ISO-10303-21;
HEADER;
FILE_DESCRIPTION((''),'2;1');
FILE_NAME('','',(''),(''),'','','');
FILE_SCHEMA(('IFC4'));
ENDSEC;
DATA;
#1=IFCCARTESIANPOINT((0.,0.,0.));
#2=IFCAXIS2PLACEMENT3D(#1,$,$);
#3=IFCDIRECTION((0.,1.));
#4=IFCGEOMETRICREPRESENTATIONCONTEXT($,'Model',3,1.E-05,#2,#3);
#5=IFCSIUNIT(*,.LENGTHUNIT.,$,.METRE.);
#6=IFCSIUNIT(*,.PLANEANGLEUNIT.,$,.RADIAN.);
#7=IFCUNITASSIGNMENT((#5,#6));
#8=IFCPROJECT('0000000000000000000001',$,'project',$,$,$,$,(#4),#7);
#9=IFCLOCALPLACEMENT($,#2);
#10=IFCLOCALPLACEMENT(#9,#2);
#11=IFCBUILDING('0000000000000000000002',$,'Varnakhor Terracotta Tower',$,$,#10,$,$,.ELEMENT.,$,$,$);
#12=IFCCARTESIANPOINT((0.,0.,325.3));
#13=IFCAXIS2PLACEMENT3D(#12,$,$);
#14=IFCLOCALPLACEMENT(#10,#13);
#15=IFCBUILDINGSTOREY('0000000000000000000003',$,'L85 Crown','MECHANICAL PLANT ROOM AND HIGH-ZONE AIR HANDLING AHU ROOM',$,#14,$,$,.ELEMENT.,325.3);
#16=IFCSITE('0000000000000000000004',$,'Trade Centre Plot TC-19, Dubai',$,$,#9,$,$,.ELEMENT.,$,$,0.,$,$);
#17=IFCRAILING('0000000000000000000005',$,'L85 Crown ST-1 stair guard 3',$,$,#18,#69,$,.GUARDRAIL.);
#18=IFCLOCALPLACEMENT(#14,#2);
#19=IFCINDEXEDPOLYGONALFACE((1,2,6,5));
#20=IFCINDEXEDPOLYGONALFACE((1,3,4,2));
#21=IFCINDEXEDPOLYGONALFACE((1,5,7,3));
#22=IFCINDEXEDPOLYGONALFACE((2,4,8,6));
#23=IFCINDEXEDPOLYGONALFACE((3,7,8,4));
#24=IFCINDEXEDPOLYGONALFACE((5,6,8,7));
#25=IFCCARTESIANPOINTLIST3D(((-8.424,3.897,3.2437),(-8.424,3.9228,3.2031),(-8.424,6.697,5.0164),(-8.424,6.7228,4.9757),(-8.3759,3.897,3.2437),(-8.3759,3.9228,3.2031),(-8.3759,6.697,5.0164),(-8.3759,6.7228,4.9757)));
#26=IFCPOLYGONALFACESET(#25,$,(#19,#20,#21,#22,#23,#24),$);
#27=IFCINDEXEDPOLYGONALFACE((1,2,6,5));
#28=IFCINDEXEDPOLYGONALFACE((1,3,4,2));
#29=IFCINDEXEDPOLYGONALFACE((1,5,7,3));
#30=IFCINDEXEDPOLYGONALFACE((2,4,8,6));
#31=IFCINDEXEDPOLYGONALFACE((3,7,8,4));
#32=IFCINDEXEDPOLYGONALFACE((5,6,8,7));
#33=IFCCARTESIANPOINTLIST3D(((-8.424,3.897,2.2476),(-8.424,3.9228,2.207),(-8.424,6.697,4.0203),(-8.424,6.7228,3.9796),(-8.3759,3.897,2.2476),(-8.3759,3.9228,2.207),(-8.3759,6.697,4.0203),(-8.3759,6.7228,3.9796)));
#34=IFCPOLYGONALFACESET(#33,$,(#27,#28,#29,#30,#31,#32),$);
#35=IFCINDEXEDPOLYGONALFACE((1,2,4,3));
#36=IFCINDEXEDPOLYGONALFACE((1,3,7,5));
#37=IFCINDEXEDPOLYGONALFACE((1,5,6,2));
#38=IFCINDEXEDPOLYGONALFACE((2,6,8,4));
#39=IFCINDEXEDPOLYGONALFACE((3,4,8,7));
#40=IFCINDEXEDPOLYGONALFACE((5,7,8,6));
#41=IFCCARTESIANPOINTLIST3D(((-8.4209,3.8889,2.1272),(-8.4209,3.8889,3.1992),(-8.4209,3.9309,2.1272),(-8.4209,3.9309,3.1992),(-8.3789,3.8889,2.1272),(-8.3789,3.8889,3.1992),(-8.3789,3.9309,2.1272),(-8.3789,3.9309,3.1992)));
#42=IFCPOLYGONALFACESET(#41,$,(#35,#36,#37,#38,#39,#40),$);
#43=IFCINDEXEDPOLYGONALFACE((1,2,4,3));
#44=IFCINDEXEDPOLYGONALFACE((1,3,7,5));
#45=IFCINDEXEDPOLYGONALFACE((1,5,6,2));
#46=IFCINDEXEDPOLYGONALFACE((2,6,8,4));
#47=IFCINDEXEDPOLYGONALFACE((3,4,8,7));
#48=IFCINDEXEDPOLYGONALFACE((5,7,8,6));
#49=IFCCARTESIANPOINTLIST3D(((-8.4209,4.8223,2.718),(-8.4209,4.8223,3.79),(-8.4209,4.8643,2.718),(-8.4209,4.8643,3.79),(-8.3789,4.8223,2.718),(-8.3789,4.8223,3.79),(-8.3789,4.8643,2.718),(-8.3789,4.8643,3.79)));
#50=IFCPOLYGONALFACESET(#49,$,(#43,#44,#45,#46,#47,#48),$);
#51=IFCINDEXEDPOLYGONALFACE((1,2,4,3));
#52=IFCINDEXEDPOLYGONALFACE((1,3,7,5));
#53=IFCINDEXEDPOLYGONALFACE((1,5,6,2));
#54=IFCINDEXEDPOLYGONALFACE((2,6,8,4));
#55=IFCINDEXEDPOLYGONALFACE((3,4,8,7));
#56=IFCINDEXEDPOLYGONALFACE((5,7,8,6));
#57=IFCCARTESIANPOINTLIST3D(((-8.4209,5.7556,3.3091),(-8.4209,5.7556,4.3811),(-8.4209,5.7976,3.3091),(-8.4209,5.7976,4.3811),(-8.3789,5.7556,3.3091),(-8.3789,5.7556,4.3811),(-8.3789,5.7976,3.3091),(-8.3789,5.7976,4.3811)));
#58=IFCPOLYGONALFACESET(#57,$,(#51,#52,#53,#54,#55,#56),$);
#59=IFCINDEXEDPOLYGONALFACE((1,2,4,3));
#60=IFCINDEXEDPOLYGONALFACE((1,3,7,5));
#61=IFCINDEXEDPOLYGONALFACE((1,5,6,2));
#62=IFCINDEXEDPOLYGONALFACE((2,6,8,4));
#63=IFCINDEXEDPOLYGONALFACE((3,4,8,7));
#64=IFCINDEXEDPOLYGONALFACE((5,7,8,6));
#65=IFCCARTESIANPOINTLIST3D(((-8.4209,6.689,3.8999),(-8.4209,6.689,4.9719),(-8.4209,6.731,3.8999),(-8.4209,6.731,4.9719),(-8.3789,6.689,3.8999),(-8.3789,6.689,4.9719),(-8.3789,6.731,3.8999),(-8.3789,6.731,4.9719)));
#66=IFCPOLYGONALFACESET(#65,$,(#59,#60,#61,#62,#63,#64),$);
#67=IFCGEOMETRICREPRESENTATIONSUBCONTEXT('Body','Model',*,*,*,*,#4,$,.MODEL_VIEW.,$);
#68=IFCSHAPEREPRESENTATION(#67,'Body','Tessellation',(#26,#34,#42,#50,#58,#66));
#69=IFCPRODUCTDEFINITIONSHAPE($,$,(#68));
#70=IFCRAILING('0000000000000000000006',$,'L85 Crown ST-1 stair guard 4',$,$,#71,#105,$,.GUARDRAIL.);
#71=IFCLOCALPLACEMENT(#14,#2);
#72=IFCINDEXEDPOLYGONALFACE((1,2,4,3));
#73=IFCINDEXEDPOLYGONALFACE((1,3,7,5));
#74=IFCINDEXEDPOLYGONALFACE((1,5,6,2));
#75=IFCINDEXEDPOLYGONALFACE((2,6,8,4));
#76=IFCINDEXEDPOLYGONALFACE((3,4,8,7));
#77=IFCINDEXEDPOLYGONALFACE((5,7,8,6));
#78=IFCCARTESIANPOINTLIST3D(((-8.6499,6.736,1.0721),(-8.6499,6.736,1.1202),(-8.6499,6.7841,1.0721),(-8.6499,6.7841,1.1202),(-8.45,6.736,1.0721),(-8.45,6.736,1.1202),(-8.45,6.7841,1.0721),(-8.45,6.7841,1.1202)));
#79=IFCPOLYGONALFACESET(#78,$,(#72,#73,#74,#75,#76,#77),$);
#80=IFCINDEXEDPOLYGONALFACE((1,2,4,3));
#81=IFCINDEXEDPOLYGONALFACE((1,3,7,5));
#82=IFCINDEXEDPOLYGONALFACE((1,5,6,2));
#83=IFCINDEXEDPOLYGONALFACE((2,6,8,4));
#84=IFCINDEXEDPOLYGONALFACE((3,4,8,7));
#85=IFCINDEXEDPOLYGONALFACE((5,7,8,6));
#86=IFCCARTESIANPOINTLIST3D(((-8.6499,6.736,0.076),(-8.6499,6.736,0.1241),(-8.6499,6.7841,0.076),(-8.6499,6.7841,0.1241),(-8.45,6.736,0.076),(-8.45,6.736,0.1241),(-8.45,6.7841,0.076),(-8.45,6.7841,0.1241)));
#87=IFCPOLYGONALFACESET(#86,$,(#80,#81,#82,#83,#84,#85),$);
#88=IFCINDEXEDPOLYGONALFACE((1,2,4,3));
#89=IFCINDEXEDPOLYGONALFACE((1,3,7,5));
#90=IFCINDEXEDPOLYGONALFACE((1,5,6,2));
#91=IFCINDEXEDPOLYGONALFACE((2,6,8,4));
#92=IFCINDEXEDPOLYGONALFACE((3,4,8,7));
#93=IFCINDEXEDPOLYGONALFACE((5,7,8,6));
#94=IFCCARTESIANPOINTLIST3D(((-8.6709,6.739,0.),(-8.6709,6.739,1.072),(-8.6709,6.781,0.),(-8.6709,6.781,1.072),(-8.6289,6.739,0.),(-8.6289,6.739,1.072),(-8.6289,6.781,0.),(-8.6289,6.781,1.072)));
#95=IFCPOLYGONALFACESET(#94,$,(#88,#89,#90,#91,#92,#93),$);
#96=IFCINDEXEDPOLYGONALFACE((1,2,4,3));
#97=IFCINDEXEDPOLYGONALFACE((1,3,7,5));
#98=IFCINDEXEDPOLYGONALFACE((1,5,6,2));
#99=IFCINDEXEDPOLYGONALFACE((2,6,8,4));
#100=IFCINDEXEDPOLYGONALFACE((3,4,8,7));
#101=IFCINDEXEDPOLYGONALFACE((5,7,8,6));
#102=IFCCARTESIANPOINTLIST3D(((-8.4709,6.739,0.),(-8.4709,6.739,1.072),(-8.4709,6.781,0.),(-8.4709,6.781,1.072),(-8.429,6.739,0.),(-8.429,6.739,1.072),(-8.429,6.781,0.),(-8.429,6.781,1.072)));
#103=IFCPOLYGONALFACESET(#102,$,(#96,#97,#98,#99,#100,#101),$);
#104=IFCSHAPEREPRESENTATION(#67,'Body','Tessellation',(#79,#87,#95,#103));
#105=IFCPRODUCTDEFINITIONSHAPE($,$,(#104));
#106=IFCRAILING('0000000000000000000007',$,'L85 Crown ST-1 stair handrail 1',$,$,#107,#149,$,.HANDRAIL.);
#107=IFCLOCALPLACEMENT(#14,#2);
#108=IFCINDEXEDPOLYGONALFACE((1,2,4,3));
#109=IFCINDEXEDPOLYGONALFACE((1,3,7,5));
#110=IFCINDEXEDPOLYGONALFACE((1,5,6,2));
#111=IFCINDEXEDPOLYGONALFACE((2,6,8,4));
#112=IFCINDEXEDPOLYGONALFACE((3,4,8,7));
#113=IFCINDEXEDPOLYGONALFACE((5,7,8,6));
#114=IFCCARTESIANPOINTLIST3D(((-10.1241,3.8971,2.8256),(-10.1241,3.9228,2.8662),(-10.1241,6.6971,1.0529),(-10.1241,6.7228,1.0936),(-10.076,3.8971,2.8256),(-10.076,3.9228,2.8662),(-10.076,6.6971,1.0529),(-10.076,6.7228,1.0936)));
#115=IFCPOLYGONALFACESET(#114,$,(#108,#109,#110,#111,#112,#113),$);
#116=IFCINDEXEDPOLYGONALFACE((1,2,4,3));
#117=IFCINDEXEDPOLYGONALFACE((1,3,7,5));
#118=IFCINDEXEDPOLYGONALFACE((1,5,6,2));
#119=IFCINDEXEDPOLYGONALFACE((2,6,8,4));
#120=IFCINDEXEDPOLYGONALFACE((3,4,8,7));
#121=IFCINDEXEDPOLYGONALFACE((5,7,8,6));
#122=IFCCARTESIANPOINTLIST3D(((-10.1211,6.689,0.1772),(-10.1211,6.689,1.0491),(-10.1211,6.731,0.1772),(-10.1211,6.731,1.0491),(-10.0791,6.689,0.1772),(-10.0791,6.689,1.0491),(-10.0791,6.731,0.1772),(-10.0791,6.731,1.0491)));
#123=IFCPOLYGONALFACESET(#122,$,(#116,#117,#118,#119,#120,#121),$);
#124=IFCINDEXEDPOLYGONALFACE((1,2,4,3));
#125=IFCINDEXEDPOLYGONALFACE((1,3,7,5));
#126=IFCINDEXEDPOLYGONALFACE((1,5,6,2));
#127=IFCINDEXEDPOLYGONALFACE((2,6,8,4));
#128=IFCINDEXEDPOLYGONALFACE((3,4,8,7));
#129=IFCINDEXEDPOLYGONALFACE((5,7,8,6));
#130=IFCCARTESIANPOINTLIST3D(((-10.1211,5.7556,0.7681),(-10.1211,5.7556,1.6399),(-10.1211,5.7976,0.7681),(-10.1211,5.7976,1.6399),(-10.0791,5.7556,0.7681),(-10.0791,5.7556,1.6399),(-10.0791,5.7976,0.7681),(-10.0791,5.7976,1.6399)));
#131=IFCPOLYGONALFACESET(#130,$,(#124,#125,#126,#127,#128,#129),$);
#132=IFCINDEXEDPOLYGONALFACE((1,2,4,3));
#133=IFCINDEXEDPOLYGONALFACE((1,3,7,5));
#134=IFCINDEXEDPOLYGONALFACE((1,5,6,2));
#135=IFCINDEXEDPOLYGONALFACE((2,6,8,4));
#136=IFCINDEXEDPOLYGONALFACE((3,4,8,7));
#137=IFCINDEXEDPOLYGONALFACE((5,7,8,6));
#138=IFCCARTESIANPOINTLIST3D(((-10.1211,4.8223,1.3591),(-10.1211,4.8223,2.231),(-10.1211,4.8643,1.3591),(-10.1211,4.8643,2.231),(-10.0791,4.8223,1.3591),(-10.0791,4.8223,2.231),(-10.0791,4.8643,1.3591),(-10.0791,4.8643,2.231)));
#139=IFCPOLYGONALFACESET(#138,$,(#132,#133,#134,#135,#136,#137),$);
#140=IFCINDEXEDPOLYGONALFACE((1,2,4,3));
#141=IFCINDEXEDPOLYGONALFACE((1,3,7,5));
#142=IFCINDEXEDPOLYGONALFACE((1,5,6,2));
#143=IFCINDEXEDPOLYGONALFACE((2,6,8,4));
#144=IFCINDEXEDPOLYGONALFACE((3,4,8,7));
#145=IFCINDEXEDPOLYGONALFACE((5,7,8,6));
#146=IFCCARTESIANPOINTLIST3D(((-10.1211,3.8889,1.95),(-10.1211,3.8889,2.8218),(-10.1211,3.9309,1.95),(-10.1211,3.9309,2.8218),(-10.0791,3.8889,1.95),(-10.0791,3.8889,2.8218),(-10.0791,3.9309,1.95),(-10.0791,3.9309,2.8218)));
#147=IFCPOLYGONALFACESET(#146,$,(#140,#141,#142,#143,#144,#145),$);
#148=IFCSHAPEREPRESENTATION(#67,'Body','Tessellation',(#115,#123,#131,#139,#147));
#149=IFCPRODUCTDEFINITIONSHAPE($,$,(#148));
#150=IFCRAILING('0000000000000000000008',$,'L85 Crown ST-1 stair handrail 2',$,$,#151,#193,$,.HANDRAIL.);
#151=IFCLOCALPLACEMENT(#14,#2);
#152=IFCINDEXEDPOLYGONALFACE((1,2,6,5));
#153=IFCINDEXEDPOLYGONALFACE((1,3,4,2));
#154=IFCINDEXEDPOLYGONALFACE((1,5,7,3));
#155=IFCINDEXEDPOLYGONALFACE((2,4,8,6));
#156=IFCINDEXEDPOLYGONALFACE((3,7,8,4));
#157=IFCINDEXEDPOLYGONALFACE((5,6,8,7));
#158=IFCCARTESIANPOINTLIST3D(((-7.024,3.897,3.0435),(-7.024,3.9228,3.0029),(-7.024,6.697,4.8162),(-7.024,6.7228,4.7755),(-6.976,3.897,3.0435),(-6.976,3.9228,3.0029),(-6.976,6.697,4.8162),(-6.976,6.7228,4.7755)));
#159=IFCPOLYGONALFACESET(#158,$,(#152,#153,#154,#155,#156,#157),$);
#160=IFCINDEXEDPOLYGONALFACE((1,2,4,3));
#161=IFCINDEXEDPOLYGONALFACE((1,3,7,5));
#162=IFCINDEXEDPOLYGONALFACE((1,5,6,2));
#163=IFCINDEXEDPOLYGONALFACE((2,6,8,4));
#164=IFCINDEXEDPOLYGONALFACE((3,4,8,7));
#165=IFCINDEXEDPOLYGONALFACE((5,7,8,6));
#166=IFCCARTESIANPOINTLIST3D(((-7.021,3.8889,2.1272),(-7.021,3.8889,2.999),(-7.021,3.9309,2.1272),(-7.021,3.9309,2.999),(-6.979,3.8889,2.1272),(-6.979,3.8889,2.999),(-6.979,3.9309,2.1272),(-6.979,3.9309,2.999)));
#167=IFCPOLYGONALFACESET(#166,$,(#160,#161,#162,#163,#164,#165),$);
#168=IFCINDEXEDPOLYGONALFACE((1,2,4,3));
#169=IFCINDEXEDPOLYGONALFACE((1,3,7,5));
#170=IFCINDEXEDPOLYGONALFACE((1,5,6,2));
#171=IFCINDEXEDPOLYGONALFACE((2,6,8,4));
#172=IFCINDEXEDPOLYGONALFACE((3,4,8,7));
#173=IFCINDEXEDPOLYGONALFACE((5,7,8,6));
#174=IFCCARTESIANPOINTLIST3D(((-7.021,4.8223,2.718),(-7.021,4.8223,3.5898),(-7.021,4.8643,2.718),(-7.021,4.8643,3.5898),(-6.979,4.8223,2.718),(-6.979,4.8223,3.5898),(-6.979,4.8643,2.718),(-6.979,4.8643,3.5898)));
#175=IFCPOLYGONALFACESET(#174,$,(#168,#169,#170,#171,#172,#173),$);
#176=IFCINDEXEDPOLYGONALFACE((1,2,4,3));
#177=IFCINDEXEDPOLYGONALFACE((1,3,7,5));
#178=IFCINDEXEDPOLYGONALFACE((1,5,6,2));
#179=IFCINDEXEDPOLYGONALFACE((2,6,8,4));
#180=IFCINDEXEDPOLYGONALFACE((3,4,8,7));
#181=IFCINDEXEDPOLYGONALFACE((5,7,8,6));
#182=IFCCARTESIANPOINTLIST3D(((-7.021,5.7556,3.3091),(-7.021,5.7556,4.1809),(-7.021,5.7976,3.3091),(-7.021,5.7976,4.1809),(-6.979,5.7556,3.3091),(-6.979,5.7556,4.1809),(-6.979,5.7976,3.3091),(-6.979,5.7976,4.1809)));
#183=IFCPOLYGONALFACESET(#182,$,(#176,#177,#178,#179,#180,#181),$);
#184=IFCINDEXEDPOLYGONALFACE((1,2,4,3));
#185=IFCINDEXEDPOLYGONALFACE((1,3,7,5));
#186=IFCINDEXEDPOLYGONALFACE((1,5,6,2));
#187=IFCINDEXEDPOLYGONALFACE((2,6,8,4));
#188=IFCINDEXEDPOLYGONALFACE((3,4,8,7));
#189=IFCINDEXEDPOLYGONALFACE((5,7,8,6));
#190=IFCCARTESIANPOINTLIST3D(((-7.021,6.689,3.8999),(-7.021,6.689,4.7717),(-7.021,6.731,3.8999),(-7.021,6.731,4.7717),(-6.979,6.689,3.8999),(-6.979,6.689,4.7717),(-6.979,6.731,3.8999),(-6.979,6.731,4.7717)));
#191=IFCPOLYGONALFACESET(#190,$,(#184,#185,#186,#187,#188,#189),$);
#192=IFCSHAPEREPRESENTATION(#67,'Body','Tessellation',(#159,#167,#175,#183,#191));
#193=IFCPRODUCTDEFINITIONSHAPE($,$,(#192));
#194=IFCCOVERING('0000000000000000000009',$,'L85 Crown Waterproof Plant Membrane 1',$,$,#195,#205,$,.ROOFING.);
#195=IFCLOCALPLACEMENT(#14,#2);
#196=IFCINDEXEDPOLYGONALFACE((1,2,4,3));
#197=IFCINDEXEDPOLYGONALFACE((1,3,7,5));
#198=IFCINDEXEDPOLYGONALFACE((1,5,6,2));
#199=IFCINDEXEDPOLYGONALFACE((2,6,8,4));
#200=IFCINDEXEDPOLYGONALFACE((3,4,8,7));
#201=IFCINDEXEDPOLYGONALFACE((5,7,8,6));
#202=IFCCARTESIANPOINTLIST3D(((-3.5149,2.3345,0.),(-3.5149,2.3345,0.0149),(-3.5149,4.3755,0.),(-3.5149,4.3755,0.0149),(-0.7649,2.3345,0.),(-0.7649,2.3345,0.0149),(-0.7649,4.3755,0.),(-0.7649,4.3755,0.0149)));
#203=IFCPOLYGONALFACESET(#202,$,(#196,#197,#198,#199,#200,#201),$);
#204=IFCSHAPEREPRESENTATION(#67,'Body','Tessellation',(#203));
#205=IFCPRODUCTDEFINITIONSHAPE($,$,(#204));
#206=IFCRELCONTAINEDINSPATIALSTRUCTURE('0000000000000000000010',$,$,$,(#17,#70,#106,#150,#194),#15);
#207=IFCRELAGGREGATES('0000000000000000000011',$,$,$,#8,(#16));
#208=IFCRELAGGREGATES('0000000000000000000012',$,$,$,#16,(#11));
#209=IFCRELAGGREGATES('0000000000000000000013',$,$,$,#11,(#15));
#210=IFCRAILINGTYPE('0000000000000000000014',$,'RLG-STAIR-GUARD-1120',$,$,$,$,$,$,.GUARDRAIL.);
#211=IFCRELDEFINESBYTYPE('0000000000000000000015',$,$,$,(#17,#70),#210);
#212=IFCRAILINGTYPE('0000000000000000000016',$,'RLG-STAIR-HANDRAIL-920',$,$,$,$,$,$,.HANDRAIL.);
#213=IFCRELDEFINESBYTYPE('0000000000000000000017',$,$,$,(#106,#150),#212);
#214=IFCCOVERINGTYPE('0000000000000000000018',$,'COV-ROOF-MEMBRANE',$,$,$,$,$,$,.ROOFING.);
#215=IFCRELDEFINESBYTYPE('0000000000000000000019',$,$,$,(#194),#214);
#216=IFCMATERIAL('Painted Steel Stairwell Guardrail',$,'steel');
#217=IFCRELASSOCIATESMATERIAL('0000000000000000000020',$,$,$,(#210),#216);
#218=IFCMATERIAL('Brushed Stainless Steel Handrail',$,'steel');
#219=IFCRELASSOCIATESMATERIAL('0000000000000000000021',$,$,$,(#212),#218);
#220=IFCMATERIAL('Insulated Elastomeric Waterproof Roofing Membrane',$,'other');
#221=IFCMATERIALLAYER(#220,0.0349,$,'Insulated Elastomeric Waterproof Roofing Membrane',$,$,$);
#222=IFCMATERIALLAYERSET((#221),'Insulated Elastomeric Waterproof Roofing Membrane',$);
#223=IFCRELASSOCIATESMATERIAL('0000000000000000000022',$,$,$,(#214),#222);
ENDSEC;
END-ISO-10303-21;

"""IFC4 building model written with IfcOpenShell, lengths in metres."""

from ifc_helpers import new_model, si_unit, direction, frame, origin, origin_2d, place, context, subcontext, project, spatial, rectangle, extrude, source, transform, mapped, material, layer, layer_set, type_object, element, save


model = new_model("IFC4")

# Units and contexts
model_context = context("Model", 3, precision=1e-05, world=origin(), true_north=direction((0.0, 1.0)))
body_context = subcontext(model_context, "Body", "Model", "MODEL_VIEW")
ifc_project = project(units=[si_unit("LENGTHUNIT", "METRE"), si_unit("PLANEANGLEUNIT", "RADIAN")], contexts=[model_context])

# Site, building, storey
site_placement = place(None, origin())
site = spatial("IfcSite", under=ifc_project, at=site_placement, Name="Trade Centre Plot TC-19, Dubai", CompositionType="ELEMENT", RefElevation=0.0)
building_placement = place(site_placement, origin())
building = spatial("IfcBuilding", under=site, at=building_placement, Name="Varnakhor Terracotta Tower", CompositionType="ELEMENT")
storey_placement = place(building_placement, frame((0.0, 0.0, 325.3)))
storey = spatial("IfcBuildingStorey", under=building, at=storey_placement, Name="L85 Crown", Description="MECHANICAL PLANT ROOM AND HIGH-ZONE AIR HANDLING AHU ROOM", CompositionType="ELEMENT", Elevation=325.3)

# Railings
ifc_material_1 = material(Name="Painted Steel Stairwell Guardrail", Category="steel")
railing_type_1 = type_object("IfcRailingType", Name="RLG-STAIR-GUARD-1120", PredefinedType="GUARDRAIL", material=ifc_material_1)
railing_1_placement = place(storey_placement, frame((-8.3999, 3.9099, 2.1272)))
element("IfcRailing", 1, at=railing_1_placement, inside=storey, type_object=railing_type_1, Name="L85 Crown ST-1 stair guard 3", PredefinedType="GUARDRAIL", context=body_context, shape_type="SweptSolid", body=[
    extrude(rectangle(XDim=0.0481, YDim=0.0481, at=origin_2d()), frame((0.0, 0.0, 1.0962), z_axis=(0.0, 0.844909, 0.53491), x_axis=(-1.0, 0.0, 0.0)), (0.0, 0.0, 1.0), 3.314),
    extrude(rectangle(XDim=0.0481, YDim=0.0481, at=origin_2d()), frame((0.0, 0.0, 0.1001), z_axis=(0.0, 0.844909, 0.53491), x_axis=(-1.0, 0.0, 0.0)), (0.0, 0.0, 1.0), 3.314),
    extrude(rectangle(XDim=0.042, YDim=0.042, at=origin_2d()), origin(), (0.0, 0.0, 1.0), 1.072),
    extrude(rectangle(XDim=0.042, YDim=0.042, at=origin_2d()), frame((0.0, 0.9333, 0.5908)), (0.0, 0.0, 1.0), 1.072),
    extrude(rectangle(XDim=0.042, YDim=0.042, at=origin_2d()), frame((0.0, 1.8667, 1.1819)), (0.0, 0.0, 1.0), 1.072),
    extrude(rectangle(XDim=0.042, YDim=0.042, at=origin_2d()), frame((0.0, 2.8, 1.7727)), (0.0, 0.0, 1.0), 1.072),
])
railing_2_placement = place(storey_placement, frame((-8.6499, 6.76, 0.0)))
element("IfcRailing", 2, at=railing_2_placement, inside=storey, type_object=railing_type_1, Name="L85 Crown ST-1 stair guard 4", PredefinedType="GUARDRAIL", context=body_context, shape_type="SweptSolid", body=[
    extrude(rectangle(XDim=0.0481, YDim=0.0481, at=origin_2d()), frame((0.0, 0.0, 1.0962), z_axis=(1.0, 0.0, 0.0), x_axis=(0.0, 1.0, 0.0)), (0.0, 0.0, 1.0), 0.2),
    extrude(rectangle(XDim=0.0481, YDim=0.0481, at=origin_2d()), frame((0.0, 0.0, 0.1001), z_axis=(1.0, 0.0, 0.0), x_axis=(0.0, 1.0, 0.0)), (0.0, 0.0, 1.0), 0.2),
    extrude(rectangle(XDim=0.042, YDim=0.042, at=origin_2d()), origin(), (0.0, 0.0, 1.0), 1.072),
    extrude(rectangle(XDim=0.042, YDim=0.042, at=origin_2d()), frame((0.2, 0.0, 0.0)), (0.0, 0.0, 1.0), 1.072),
])
ifc_material_2 = material(Name="Brushed Stainless Steel Handrail", Category="steel")
railing_type_2 = type_object("IfcRailingType", Name="RLG-STAIR-HANDRAIL-920", PredefinedType="HANDRAIL", material=ifc_material_2)
railing_3_placement = place(storey_placement, frame((-10.1001, 6.71, 0.1772)))
element("IfcRailing", 3, at=railing_3_placement, inside=storey, type_object=railing_type_2, Name="L85 Crown ST-1 stair handrail 1", PredefinedType="HANDRAIL", context=body_context, shape_type="SweptSolid", body=[
    extrude(rectangle(XDim=0.0481, YDim=0.0481, at=origin_2d()), frame((0.0, 0.0, 0.896), z_axis=(0.0, -0.844909, 0.53491), x_axis=(1.0, 0.0, 0.0)), (0.0, 0.0, 1.0), 3.314),
    extrude(rectangle(XDim=0.042, YDim=0.042, at=origin_2d()), origin(), (0.0, 0.0, 1.0), 0.8718),
    extrude(rectangle(XDim=0.042, YDim=0.042, at=origin_2d()), frame((0.0, -0.9333, 0.5908)), (0.0, 0.0, 1.0), 0.8718),
    extrude(rectangle(XDim=0.042, YDim=0.042, at=origin_2d()), frame((0.0, -1.8667, 1.1819)), (0.0, 0.0, 1.0), 0.8718),
    extrude(rectangle(XDim=0.042, YDim=0.042, at=origin_2d()), frame((0.0, -2.8, 1.7727)), (0.0, 0.0, 1.0), 0.8718),
])
railing_4_placement = place(storey_placement, frame((-7.0, 3.9099, 2.1272)))
element("IfcRailing", 4, at=railing_4_placement, inside=storey, type_object=railing_type_2, Name="L85 Crown ST-1 stair handrail 2", PredefinedType="HANDRAIL", context=body_context, shape_type="SweptSolid", body=[
    extrude(rectangle(XDim=0.0481, YDim=0.0481, at=origin_2d()), frame((0.0, 0.0, 0.896), z_axis=(0.0, 0.844909, 0.53491), x_axis=(-1.0, 0.0, 0.0)), (0.0, 0.0, 1.0), 3.314),
    extrude(rectangle(XDim=0.042, YDim=0.042, at=origin_2d()), origin(), (0.0, 0.0, 1.0), 0.8718),
    extrude(rectangle(XDim=0.042, YDim=0.042, at=origin_2d()), frame((0.0, 0.9333, 0.5908)), (0.0, 0.0, 1.0), 0.8718),
    extrude(rectangle(XDim=0.042, YDim=0.042, at=origin_2d()), frame((0.0, 1.8667, 1.1819)), (0.0, 0.0, 1.0), 0.8718),
    extrude(rectangle(XDim=0.042, YDim=0.042, at=origin_2d()), frame((0.0, 2.8, 1.7727)), (0.0, 0.0, 1.0), 0.8718),
])

# Covering
ifc_material_3 = material(Name="Insulated Elastomeric Waterproof Roofing Membrane", Category="other")
ifc_layer_1 = layer(ifc_material_3, 0.0349, Name="Insulated Elastomeric Waterproof Roofing Membrane")
ifc_layer_set_1 = layer_set([ifc_layer_1], Name="Insulated Elastomeric Waterproof Roofing Membrane")
covering_type = type_object("IfcCoveringType", Name="COV-ROOF-MEMBRANE", PredefinedType="ROOFING", material=ifc_layer_set_1)
shared_shape_1 = source(origin(), body_context, "Body", "SweptSolid", [
    extrude(rectangle(XDim=2.75, YDim=2.041, at=origin_2d()), origin(), (0.0, 0.0, 1.0), 0.0149),
])
covering_placement = place(storey_placement, frame((-2.1399, 3.355, 0.0), z_axis=(0.0, 0.0, 1.0), x_axis=(1.0, 0.0, 0.0)))
element("IfcCovering", 5, at=covering_placement, inside=storey, type_object=covering_type, Name="L85 Crown Waterproof Plant Membrane 1", PredefinedType="ROOFING", context=body_context, shape_type="MappedRepresentation", body=[
    mapped(shared_shape_1, transform((0.0, 0.0, 0.0), scale=1.0)),
])

save(model, "model.ifc")
